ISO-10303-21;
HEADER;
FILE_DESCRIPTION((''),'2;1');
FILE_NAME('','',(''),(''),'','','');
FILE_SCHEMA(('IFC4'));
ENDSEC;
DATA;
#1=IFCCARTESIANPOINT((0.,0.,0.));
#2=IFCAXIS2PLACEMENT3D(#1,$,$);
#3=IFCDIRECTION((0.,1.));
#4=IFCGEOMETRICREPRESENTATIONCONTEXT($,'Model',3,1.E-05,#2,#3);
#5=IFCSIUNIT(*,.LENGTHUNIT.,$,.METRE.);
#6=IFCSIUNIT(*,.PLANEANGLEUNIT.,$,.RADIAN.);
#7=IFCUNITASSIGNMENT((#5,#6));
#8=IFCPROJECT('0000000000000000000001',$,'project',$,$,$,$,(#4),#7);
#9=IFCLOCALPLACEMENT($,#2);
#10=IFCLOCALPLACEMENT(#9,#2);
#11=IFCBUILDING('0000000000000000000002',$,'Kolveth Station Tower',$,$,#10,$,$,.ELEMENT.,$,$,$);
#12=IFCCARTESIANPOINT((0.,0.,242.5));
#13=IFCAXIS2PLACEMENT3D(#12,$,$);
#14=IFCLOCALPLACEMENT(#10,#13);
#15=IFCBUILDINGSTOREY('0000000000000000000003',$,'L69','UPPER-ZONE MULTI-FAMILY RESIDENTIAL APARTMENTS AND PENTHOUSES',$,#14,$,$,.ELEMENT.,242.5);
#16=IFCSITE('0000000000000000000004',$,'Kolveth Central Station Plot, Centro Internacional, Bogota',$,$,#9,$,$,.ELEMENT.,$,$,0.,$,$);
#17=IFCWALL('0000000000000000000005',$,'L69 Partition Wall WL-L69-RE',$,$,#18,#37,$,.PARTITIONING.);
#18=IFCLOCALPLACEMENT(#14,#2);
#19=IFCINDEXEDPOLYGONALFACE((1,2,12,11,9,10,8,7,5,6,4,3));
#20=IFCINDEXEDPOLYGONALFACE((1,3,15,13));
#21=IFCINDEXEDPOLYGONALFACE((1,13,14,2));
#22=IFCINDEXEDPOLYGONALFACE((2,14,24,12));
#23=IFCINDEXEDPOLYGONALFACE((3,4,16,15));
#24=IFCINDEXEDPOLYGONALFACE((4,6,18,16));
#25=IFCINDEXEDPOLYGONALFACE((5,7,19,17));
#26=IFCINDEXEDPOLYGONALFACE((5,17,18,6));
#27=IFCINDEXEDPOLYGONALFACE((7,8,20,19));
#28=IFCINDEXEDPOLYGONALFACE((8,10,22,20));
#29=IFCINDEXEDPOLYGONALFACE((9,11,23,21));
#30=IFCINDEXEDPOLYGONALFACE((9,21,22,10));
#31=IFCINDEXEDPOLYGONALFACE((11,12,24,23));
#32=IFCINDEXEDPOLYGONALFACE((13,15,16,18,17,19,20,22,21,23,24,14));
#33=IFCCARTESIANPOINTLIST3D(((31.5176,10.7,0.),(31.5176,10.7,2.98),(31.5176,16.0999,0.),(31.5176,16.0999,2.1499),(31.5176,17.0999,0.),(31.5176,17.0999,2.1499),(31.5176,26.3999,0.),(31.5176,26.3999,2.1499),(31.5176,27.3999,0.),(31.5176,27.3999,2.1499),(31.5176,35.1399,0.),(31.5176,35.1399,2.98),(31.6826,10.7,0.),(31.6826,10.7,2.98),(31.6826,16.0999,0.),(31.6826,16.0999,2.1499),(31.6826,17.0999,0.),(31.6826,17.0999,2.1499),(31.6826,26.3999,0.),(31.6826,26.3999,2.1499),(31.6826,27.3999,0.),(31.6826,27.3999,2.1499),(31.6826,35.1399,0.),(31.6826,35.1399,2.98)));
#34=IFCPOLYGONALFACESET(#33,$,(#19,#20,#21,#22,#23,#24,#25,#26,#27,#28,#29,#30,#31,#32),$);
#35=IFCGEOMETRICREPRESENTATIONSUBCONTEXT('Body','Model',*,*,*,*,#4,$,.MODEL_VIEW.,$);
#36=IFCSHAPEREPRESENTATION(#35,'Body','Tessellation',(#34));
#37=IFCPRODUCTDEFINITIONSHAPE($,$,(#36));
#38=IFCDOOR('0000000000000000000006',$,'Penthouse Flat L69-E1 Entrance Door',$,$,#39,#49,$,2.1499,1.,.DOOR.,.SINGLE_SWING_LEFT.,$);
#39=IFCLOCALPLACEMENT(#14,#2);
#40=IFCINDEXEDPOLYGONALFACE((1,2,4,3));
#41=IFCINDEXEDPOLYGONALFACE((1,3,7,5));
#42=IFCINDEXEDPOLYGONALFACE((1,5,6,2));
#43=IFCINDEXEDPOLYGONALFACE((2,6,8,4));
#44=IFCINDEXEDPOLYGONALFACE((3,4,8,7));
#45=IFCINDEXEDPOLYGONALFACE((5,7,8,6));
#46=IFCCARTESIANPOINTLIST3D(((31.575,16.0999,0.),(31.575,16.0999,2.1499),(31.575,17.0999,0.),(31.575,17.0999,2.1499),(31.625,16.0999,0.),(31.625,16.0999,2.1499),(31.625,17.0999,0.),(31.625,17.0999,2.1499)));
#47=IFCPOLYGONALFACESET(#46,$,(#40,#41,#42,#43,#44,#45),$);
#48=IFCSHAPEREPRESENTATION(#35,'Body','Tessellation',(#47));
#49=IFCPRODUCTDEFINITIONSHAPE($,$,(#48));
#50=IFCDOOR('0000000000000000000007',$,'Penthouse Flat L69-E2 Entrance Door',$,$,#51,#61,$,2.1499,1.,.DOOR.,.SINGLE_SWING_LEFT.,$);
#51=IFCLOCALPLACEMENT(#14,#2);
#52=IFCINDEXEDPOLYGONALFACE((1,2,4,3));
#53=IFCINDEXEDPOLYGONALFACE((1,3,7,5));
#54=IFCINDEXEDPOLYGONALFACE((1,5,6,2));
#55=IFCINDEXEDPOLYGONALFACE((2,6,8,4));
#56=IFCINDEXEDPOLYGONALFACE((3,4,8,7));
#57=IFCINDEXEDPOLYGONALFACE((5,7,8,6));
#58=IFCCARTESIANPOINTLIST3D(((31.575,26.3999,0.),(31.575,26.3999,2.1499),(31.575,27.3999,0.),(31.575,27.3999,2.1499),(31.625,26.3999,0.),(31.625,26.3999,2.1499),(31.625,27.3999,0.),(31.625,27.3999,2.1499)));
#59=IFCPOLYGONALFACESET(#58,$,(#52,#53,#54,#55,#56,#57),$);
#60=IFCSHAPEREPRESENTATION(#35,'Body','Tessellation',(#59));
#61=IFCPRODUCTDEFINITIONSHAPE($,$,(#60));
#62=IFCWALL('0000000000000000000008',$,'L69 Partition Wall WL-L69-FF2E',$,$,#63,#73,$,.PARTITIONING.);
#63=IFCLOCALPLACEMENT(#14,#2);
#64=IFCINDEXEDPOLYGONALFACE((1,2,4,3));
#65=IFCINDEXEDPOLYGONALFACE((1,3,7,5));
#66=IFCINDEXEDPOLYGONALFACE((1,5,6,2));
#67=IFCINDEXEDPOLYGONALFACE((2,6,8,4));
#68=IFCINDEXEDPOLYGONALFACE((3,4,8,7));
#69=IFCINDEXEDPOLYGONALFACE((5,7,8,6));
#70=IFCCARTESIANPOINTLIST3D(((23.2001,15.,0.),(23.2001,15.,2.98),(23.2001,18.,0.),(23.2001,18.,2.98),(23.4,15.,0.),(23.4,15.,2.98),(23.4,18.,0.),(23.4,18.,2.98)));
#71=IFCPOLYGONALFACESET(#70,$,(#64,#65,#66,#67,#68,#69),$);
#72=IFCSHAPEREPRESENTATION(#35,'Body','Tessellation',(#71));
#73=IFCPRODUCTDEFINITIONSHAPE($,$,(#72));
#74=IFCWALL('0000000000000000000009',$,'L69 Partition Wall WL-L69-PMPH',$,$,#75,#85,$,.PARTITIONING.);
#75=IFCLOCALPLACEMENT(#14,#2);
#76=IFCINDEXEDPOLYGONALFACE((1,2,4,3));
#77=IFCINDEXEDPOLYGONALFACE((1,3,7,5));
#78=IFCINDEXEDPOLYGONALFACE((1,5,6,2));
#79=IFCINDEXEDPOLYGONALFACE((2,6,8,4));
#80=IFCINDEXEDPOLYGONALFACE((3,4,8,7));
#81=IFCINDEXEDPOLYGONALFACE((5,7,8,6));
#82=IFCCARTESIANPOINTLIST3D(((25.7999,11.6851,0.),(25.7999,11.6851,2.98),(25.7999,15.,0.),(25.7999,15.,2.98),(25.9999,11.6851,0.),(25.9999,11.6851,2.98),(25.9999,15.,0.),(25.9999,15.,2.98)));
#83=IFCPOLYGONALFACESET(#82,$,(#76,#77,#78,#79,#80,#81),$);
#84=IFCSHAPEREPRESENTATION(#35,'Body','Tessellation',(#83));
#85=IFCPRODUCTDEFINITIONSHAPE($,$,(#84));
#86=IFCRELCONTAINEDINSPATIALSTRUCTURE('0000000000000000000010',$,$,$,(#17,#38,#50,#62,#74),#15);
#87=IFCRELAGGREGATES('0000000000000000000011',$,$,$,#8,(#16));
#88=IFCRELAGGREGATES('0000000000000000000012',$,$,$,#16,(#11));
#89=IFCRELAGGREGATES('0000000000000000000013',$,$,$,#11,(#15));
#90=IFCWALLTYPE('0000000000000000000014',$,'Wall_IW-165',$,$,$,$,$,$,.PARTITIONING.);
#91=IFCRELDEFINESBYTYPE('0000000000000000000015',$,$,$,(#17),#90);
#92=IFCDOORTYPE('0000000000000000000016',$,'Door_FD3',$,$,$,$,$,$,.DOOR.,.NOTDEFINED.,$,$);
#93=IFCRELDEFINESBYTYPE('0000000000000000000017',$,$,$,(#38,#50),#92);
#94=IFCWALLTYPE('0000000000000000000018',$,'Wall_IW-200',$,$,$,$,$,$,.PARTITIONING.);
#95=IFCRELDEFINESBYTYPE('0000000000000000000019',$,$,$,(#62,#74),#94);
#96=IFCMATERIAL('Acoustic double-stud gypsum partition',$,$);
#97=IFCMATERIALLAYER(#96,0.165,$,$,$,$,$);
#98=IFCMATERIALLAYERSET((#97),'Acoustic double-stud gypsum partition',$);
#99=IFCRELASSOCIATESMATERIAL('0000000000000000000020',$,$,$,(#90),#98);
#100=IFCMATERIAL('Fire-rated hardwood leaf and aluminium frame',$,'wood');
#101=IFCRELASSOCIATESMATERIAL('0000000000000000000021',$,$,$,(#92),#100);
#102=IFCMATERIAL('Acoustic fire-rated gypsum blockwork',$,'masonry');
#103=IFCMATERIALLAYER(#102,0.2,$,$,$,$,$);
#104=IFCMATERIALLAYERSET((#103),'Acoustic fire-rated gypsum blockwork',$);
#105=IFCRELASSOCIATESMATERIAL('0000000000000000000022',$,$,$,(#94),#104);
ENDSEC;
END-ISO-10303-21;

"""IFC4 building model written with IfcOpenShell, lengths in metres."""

from ifc_helpers import new_model, si_unit, direction, frame, frame_2d, origin, place, context, subcontext, project, spatial, rectangle, extrude, material, layer, layer_set, type_object, element, fill, save


model = new_model("IFC4")

# Units and contexts
model_context = context("Model", 3, precision=1e-05, world=origin(), true_north=direction((0.0, 1.0)))
body_context = subcontext(model_context, "Body", "Model", "MODEL_VIEW")
ifc_project = project(units=[si_unit("LENGTHUNIT", "METRE"), si_unit("PLANEANGLEUNIT", "RADIAN")], contexts=[model_context])

# Site, building, storey
site_placement = place(None, origin())
site = spatial("IfcSite", under=ifc_project, at=site_placement, Name="Kolveth Central Station Plot, Centro Internacional, Bogota", CompositionType="ELEMENT", RefElevation=0.0)
building_placement = place(site_placement, origin())
building = spatial("IfcBuilding", under=site, at=building_placement, Name="Kolveth Station Tower", CompositionType="ELEMENT")
storey_placement = place(building_placement, frame((0.0, 0.0, 242.5)))
storey = spatial("IfcBuildingStorey", under=building, at=storey_placement, Name="L69", Description="UPPER-ZONE MULTI-FAMILY RESIDENTIAL APARTMENTS AND PENTHOUSES", CompositionType="ELEMENT", Elevation=242.5)

# Shared definitions
ifc_material_1 = material(Name="Acoustic double-stud gypsum partition")
ifc_layer_1 = layer(ifc_material_1, 0.165)
ifc_layer_set_1 = layer_set([ifc_layer_1], Name="Acoustic double-stud gypsum partition")
wall_type_1 = type_object("IfcWallType", Name="Wall_IW-165", PredefinedType="PARTITIONING", material=ifc_layer_set_1)

# Wall, openings, doors
wall_1_placement = place(storey_placement, frame((31.6001, 10.7, 0.0), z_axis=(0.0, 0.0, 1.0), x_axis=(0.0, 1.0, 0.0)))
wall_1 = element("IfcWall", 1, at=wall_1_placement, inside=storey, type_object=wall_type_1, Name="L69 Partition Wall WL-L69-RE", PredefinedType="PARTITIONING", context=body_context, shape_type="SweptSolid", body=[
    extrude(rectangle(XDim=24.4399, YDim=0.165, at=frame_2d((12.22, 0.0))), origin(), (0.0, 0.0, 1.0), 2.98),
])
opening_1_placement = place(wall_1_placement, frame((5.3999, 0.0, 0.0)))
opening_1 = element("IfcOpeningElement", 2, at=opening_1_placement, cuts=wall_1, PredefinedType="OPENING", context=body_context, shape_type="SweptSolid", body=[
    extrude(rectangle(XDim=1.0, YDim=2.1499, at=frame_2d((0.5, 1.075))), frame((0.0, 0.0925, 0.0), z_axis=(0.0, -1.0, 0.0), x_axis=(1.0, 0.0, 0.0)), (0.0, 0.0, 1.0), 0.1851),
])
opening_2_placement = place(wall_1_placement, frame((15.7, 0.0, 0.0)))
opening_2 = element("IfcOpeningElement", 3, at=opening_2_placement, cuts=wall_1, PredefinedType="OPENING", context=body_context, shape_type="SweptSolid", body=[
    extrude(rectangle(XDim=1.0, YDim=2.1499, at=frame_2d((0.5, 1.075))), frame((0.0, 0.0925, 0.0), z_axis=(0.0, -1.0, 0.0), x_axis=(1.0, 0.0, 0.0)), (0.0, 0.0, 1.0), 0.1851),
])
ifc_material_2 = material(Name="Fire-rated hardwood leaf and aluminium frame", Category="wood")
door_type_1 = type_object("IfcDoorType", Name="Door_FD3", OperationType="NOTDEFINED", PredefinedType="DOOR", material=ifc_material_2)
door_1_placement = place(opening_1_placement, frame((1.0, 0.0, 0.0), z_axis=(0.0, 0.0, 1.0), x_axis=(-1.0, 0.0, 0.0)))
door_1 = element("IfcDoor", 4, at=door_1_placement, inside=storey, type_object=door_type_1, Name="Penthouse Flat L69-E1 Entrance Door", OperationType="SINGLE_SWING_LEFT", OverallHeight=2.1499, OverallWidth=1.0, PredefinedType="DOOR", context=body_context, shape_type="SweptSolid", body=[
    extrude(rectangle(XDim=1.0, YDim=2.1499, at=frame_2d((0.5, 1.075))), frame((0.0, 0.0249, 0.0), z_axis=(0.0, -1.0, 0.0), x_axis=(1.0, 0.0, 0.0)), (0.0, 0.0, 1.0), 0.05),
])
fill(opening_1, door_1)
door_2_placement = place(opening_2_placement, frame((1.0, 0.0, 0.0), z_axis=(0.0, 0.0, 1.0), x_axis=(-1.0, 0.0, 0.0)))
door_2 = element("IfcDoor", 5, at=door_2_placement, inside=storey, type_object=door_type_1, Name="Penthouse Flat L69-E2 Entrance Door", OperationType="SINGLE_SWING_LEFT", OverallHeight=2.1499, OverallWidth=1.0, PredefinedType="DOOR", context=body_context, shape_type="SweptSolid", body=[
    extrude(rectangle(XDim=1.0, YDim=2.1499, at=frame_2d((0.5, 1.075))), frame((0.0, 0.0249, 0.0), z_axis=(0.0, -1.0, 0.0), x_axis=(1.0, 0.0, 0.0)), (0.0, 0.0, 1.0), 0.05),
])
fill(opening_2, door_2)

# Walls
ifc_material_3 = material(Name="Acoustic fire-rated gypsum blockwork", Category="masonry")
ifc_layer_2 = layer(ifc_material_3, 0.2)
ifc_layer_set_2 = layer_set([ifc_layer_2], Name="Acoustic fire-rated gypsum blockwork")
wall_type_2 = type_object("IfcWallType", Name="Wall_IW-200", PredefinedType="PARTITIONING", material=ifc_layer_set_2)
wall_2_placement = place(storey_placement, frame((23.3, 15.0, 0.0), z_axis=(0.0, 0.0, 1.0), x_axis=(0.0, 1.0, 0.0)))
element("IfcWall", 6, at=wall_2_placement, inside=storey, type_object=wall_type_2, Name="L69 Partition Wall WL-L69-FF2E", PredefinedType="PARTITIONING", context=body_context, shape_type="SweptSolid", body=[
    extrude(rectangle(XDim=3.0, YDim=0.2, at=frame_2d((1.5, 0.0))), origin(), (0.0, 0.0, 1.0), 2.98),
])
wall_3_placement = place(storey_placement, frame((25.8999, 11.6851, 0.0), z_axis=(0.0, 0.0, 1.0), x_axis=(0.0, 1.0, 0.0)))
element("IfcWall", 7, at=wall_3_placement, inside=storey, type_object=wall_type_2, Name="L69 Partition Wall WL-L69-PMPH", PredefinedType="PARTITIONING", context=body_context, shape_type="SweptSolid", body=[
    extrude(rectangle(XDim=3.3149, YDim=0.2, at=frame_2d((1.6575, 0.0))), origin(), (0.0, 0.0, 1.0), 2.98),
])

save(model, "model.ifc")
